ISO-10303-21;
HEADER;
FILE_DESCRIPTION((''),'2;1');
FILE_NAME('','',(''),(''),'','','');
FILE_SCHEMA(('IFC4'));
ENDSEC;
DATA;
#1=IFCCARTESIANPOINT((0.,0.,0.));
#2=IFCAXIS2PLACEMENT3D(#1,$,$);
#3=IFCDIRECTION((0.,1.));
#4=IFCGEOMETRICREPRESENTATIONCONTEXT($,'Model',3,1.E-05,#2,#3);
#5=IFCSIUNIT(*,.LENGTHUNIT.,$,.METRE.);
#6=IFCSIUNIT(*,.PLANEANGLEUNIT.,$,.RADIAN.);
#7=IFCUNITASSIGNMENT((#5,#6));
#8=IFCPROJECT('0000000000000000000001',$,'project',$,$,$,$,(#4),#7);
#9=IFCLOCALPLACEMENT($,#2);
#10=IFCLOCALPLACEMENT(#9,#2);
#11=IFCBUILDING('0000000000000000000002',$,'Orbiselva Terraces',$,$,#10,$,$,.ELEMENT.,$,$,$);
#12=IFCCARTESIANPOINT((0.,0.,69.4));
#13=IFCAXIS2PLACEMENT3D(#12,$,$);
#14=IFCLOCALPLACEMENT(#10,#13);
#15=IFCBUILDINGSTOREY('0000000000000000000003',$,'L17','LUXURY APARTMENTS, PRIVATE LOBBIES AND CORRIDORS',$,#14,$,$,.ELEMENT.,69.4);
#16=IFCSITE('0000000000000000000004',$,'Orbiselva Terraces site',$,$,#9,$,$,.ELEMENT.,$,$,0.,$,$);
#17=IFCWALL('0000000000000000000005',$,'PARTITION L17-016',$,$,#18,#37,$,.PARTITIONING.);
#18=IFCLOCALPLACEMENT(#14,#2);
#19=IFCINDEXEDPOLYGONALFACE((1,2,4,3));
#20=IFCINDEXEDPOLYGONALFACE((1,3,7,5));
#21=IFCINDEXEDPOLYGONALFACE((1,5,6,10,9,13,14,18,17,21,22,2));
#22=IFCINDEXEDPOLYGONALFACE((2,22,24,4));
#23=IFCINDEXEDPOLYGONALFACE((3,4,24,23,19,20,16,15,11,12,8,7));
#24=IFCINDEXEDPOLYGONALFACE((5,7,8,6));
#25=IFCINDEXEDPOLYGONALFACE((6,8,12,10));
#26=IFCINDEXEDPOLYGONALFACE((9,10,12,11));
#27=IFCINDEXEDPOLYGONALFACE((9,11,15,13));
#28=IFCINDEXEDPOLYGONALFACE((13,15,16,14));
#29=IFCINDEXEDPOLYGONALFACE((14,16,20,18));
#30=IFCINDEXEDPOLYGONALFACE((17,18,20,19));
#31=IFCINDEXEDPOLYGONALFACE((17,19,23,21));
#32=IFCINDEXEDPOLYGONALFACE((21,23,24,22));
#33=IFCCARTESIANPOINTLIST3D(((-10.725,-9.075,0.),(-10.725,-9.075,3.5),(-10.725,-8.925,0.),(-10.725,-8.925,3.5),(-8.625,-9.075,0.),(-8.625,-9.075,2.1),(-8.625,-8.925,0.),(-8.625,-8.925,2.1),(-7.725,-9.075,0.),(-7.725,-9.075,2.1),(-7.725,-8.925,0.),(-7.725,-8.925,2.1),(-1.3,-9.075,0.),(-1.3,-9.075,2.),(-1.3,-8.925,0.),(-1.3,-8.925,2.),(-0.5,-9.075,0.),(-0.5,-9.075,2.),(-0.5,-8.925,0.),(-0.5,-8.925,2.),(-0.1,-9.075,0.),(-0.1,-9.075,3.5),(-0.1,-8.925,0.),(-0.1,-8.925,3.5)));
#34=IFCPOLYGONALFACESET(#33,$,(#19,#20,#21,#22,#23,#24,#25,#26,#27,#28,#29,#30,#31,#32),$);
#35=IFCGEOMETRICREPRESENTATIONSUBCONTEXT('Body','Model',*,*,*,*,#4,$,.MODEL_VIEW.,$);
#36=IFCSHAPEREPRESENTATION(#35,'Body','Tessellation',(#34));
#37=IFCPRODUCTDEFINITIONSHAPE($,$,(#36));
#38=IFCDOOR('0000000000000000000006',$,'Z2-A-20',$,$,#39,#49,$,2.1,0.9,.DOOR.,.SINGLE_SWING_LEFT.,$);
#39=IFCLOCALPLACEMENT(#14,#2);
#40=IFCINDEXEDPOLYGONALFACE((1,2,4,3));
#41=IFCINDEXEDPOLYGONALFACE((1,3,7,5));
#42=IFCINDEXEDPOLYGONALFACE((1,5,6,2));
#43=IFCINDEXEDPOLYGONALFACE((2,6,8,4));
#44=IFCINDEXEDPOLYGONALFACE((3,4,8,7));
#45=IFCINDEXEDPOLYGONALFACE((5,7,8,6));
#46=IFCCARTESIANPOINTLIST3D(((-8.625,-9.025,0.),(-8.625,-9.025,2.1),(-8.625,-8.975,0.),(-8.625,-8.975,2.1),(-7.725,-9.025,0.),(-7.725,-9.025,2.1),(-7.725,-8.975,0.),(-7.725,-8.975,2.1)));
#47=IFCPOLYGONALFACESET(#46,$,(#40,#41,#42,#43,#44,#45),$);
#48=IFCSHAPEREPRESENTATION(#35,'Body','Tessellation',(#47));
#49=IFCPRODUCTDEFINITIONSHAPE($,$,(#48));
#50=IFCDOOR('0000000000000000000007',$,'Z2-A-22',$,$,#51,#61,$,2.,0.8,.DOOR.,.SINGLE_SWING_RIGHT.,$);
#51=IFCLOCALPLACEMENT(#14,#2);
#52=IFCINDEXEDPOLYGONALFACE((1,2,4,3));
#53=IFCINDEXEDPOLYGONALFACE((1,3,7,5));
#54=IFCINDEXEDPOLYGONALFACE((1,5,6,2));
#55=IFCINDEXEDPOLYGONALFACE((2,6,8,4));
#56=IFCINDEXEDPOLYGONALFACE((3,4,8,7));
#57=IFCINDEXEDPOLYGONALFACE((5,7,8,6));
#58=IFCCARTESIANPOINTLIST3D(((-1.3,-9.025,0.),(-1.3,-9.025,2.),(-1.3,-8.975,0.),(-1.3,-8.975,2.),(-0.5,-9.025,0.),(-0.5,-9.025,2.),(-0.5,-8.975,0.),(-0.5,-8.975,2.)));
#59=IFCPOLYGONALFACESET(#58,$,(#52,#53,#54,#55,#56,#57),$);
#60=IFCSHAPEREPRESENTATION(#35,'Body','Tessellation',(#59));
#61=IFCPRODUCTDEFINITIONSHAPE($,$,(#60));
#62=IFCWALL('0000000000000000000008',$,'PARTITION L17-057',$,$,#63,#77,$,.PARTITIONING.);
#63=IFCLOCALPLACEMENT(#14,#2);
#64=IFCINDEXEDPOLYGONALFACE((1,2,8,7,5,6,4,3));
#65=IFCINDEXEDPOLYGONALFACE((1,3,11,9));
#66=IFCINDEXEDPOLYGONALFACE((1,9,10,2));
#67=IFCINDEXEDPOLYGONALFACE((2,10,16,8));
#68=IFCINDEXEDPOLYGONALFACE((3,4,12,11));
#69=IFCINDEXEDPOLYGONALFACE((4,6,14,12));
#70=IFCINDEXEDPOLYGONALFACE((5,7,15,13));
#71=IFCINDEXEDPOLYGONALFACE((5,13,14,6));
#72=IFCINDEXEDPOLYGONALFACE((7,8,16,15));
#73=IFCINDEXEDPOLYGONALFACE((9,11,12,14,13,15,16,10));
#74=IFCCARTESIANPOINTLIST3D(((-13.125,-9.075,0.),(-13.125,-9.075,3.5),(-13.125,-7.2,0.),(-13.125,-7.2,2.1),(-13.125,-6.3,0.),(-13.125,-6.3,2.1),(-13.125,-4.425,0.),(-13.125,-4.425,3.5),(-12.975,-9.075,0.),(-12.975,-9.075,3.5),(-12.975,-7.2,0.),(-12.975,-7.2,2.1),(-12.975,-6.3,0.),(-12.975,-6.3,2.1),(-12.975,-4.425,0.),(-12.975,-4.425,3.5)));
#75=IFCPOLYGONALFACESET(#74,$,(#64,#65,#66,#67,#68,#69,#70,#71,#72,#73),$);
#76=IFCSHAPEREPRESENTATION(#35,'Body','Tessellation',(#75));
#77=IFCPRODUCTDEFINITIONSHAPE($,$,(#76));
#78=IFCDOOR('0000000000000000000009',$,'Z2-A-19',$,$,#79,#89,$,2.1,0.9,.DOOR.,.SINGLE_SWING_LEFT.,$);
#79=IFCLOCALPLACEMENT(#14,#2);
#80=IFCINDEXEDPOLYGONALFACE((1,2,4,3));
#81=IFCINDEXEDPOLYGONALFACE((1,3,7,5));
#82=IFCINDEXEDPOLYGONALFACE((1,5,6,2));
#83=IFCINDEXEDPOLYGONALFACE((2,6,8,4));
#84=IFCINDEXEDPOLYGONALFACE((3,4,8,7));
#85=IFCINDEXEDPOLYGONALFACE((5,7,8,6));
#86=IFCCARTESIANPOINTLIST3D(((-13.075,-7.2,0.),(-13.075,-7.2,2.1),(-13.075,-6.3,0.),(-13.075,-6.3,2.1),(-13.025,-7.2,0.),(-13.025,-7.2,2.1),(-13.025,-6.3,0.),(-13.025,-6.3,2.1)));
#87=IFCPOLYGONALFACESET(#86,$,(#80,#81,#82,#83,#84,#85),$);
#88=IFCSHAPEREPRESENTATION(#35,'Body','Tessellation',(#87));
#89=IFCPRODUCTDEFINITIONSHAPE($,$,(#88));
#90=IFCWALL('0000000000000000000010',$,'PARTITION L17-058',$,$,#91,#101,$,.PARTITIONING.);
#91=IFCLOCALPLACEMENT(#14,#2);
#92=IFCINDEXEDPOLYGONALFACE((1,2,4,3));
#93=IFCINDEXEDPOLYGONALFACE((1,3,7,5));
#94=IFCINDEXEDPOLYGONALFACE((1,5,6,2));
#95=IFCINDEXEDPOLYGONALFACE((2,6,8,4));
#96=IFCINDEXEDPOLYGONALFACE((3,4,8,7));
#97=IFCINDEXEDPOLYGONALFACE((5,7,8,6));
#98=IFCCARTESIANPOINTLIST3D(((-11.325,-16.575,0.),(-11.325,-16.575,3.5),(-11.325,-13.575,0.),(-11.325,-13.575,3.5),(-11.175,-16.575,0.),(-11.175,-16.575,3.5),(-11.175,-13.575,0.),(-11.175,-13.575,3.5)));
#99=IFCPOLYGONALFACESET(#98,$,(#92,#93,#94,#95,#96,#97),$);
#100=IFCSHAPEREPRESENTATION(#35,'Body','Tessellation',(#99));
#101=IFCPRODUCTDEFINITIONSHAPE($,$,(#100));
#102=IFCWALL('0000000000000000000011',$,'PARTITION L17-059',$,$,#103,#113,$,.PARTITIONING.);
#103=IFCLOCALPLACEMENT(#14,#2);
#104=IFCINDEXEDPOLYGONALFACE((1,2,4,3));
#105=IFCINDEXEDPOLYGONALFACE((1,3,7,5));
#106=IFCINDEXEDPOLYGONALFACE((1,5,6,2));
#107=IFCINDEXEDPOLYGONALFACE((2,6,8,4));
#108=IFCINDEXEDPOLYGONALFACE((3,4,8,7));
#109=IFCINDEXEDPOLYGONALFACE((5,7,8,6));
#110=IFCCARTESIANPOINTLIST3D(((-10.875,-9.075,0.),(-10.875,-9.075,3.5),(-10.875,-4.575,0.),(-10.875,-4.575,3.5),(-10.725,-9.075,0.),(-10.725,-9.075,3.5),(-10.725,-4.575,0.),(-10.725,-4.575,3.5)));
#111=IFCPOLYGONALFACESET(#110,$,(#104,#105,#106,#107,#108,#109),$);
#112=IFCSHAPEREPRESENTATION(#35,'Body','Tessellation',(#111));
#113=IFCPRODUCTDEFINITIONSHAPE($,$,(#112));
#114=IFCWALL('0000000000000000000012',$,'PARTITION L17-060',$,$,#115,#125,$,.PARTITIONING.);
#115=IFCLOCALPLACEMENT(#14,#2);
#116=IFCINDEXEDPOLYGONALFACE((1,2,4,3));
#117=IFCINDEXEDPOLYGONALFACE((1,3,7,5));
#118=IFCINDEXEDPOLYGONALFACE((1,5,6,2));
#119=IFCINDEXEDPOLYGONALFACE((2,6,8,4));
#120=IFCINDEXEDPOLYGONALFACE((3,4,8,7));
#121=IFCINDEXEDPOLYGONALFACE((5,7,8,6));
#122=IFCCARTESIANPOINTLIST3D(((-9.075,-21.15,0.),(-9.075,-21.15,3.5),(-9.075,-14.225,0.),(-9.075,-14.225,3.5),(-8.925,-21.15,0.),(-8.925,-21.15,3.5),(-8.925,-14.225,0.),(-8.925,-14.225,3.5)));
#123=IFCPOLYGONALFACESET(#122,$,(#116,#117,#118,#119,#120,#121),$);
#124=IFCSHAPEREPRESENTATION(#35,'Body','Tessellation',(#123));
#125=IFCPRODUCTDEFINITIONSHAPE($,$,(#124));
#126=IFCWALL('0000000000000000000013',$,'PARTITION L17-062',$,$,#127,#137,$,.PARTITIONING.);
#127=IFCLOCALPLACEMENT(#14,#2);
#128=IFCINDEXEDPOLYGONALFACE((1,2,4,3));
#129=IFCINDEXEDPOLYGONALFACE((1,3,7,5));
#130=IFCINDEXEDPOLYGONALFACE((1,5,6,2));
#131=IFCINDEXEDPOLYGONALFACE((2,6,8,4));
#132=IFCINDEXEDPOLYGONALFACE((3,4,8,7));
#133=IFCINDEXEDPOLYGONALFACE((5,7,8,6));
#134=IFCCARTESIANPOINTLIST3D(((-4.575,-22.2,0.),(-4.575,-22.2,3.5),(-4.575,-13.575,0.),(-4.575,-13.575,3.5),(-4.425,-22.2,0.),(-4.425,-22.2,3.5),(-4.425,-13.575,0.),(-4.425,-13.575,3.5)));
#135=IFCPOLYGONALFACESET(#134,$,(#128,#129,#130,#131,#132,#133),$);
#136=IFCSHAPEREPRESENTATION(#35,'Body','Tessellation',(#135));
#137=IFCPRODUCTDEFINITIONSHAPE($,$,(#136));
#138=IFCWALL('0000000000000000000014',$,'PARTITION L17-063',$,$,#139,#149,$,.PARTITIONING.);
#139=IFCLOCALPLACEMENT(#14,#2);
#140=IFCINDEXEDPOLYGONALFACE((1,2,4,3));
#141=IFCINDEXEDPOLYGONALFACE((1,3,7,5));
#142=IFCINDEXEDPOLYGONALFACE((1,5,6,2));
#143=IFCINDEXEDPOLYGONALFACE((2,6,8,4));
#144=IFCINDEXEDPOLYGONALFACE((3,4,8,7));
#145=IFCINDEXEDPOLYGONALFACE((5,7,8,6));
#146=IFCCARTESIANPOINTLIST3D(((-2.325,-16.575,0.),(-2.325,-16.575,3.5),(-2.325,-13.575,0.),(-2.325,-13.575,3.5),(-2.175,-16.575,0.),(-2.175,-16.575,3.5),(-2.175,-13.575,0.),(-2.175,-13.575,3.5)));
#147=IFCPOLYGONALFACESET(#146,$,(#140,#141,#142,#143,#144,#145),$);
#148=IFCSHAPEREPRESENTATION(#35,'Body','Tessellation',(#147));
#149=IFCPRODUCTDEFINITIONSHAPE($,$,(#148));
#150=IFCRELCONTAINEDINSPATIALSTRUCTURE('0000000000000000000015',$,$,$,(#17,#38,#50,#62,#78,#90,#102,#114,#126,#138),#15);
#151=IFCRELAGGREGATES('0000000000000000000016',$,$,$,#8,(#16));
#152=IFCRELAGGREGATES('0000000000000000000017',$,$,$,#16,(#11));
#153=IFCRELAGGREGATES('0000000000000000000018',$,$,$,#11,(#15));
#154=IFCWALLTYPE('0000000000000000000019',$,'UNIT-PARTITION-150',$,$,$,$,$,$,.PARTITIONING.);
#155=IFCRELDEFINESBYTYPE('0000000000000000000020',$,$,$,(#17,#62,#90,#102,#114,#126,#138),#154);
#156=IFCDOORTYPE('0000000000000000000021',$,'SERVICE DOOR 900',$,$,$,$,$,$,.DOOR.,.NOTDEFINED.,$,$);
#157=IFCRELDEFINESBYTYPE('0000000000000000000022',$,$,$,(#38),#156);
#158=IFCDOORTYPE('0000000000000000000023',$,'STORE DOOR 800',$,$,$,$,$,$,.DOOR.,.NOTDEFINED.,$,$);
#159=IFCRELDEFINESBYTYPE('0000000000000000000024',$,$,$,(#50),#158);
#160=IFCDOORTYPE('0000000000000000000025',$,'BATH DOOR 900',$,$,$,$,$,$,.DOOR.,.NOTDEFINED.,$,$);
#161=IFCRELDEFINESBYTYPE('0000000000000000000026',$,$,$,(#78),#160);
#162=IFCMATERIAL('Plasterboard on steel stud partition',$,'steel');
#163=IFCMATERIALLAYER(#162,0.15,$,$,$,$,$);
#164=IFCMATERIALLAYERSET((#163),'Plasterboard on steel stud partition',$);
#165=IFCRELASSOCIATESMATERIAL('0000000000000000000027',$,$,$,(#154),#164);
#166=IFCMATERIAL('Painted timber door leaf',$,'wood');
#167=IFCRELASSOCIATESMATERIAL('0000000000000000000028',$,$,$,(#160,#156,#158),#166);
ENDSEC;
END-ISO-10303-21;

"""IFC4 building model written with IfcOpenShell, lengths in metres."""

from ifc_helpers import new_model, si_unit, direction, frame, frame_2d, origin, place, context, subcontext, project, spatial, rectangle, extrude, material, layer, layer_set, type_object, element, fill, save


model = new_model("IFC4")

# Units and contexts
model_context = context("Model", 3, precision=1e-05, world=origin(), true_north=direction((0.0, 1.0)))
body_context = subcontext(model_context, "Body", "Model", "MODEL_VIEW")
ifc_project = project(units=[si_unit("LENGTHUNIT", "METRE"), si_unit("PLANEANGLEUNIT", "RADIAN")], contexts=[model_context])

# Site, building, storey
site_placement = place(None, origin())
site = spatial("IfcSite", under=ifc_project, at=site_placement, Name="Orbiselva Terraces site", CompositionType="ELEMENT", RefElevation=0.0)
building_placement = place(site_placement, origin())
building = spatial("IfcBuilding", under=site, at=building_placement, Name="Orbiselva Terraces", CompositionType="ELEMENT")
storey_placement = place(building_placement, frame((0.0, 0.0, 69.4)))
storey = spatial("IfcBuildingStorey", under=building, at=storey_placement, Name="L17", Description="LUXURY APARTMENTS, PRIVATE LOBBIES AND CORRIDORS", CompositionType="ELEMENT", Elevation=69.4)

# Shared definitions
ifc_material_1 = material(Name="Plasterboard on steel stud partition", Category="steel")
ifc_layer_1 = layer(ifc_material_1, 0.15)
ifc_layer_set_1 = layer_set([ifc_layer_1], Name="Plasterboard on steel stud partition")
wall_type_1 = type_object("IfcWallType", Name="UNIT-PARTITION-150", PredefinedType="PARTITIONING", material=ifc_layer_set_1)
ifc_material_2 = material(Name="Painted timber door leaf", Category="wood")
door_type_1 = type_object("IfcDoorType", Name="BATH DOOR 900", OperationType="NOTDEFINED", PredefinedType="DOOR", material=ifc_material_2)

# Wall, openings, doors
wall_1_placement = place(storey_placement, frame((-10.725, -9.0, 0.0), z_axis=(0.0, 0.0, 1.0), x_axis=(1.0, 0.0, 0.0)))
wall_1 = element("IfcWall", 1, at=wall_1_placement, inside=storey, type_object=wall_type_1, Name="PARTITION L17-016", PredefinedType="PARTITIONING", context=body_context, shape_type="SweptSolid", body=[
    extrude(rectangle(XDim=10.625, YDim=0.15, at=frame_2d((5.3125, 0.0))), origin(), (0.0, 0.0, 1.0), 3.5),
])
opening_1_placement = place(wall_1_placement, frame((2.1, 0.0, 0.0)))
opening_1 = element("IfcOpeningElement", 2, at=opening_1_placement, cuts=wall_1, PredefinedType="OPENING", context=body_context, shape_type="SweptSolid", body=[
    extrude(rectangle(XDim=0.9, YDim=2.1, at=frame_2d((0.45, 1.05))), frame((0.0, 0.085, 0.0), z_axis=(0.0, -1.0, 0.0), x_axis=(1.0, 0.0, 0.0)), (0.0, 0.0, 1.0), 0.17),
])
opening_2_placement = place(wall_1_placement, frame((9.425, 0.0, 0.0)))
opening_2 = element("IfcOpeningElement", 3, at=opening_2_placement, cuts=wall_1, PredefinedType="OPENING", context=body_context, shape_type="SweptSolid", body=[
    extrude(rectangle(XDim=0.8, YDim=2.0, at=frame_2d((0.4, 1.0))), frame((0.0, 0.085, 0.0), z_axis=(0.0, -1.0, 0.0), x_axis=(1.0, 0.0, 0.0)), (0.0, 0.0, 1.0), 0.17),
])
door_type_2 = type_object("IfcDoorType", Name="SERVICE DOOR 900", OperationType="NOTDEFINED", PredefinedType="DOOR", material=ifc_material_2)
door_1_placement = place(opening_1_placement, origin())
door_1 = element("IfcDoor", 4, at=door_1_placement, inside=storey, type_object=door_type_2, Name="Z2-A-20", OperationType="SINGLE_SWING_LEFT", OverallHeight=2.1, OverallWidth=0.9, PredefinedType="DOOR", context=body_context, shape_type="SweptSolid", body=[
    extrude(rectangle(XDim=0.9, YDim=2.1, at=frame_2d((0.45, 1.05))), frame((0.0, 0.025, 0.0), z_axis=(0.0, -1.0, 0.0), x_axis=(1.0, 0.0, 0.0)), (0.0, 0.0, 1.0), 0.05),
])
fill(opening_1, door_1)
door_type_3 = type_object("IfcDoorType", Name="STORE DOOR 800", OperationType="NOTDEFINED", PredefinedType="DOOR", material=ifc_material_2)
door_2_placement = place(opening_2_placement, origin())
door_2 = element("IfcDoor", 5, at=door_2_placement, inside=storey, type_object=door_type_3, Name="Z2-A-22", OperationType="SINGLE_SWING_RIGHT", OverallHeight=2.0, OverallWidth=0.8, PredefinedType="DOOR", context=body_context, shape_type="SweptSolid", body=[
    extrude(rectangle(XDim=0.8, YDim=2.0, at=frame_2d((0.4, 1.0))), frame((0.0, 0.025, 0.0), z_axis=(0.0, -1.0, 0.0), x_axis=(1.0, 0.0, 0.0)), (0.0, 0.0, 1.0), 0.05),
])
fill(opening_2, door_2)

# Wall, opening, door
wall_2_placement = place(storey_placement, frame((-13.05, -9.075, 0.0), z_axis=(0.0, 0.0, 1.0), x_axis=(0.0, 1.0, 0.0)))
wall_2 = element("IfcWall", 6, at=wall_2_placement, inside=storey, type_object=wall_type_1, Name="PARTITION L17-057", PredefinedType="PARTITIONING", context=body_context, shape_type="SweptSolid", body=[
    extrude(rectangle(XDim=4.65, YDim=0.15, at=frame_2d((2.325, 0.0))), origin(), (0.0, 0.0, 1.0), 3.5),
])
opening_3_placement = place(wall_2_placement, frame((1.875, 0.0, 0.0)))
opening_3 = element("IfcOpeningElement", 7, at=opening_3_placement, cuts=wall_2, PredefinedType="OPENING", context=body_context, shape_type="SweptSolid", body=[
    extrude(rectangle(XDim=0.9, YDim=2.1, at=frame_2d((0.45, 1.05))), frame((0.0, 0.085, 0.0), z_axis=(0.0, -1.0, 0.0), x_axis=(1.0, 0.0, 0.0)), (0.0, 0.0, 1.0), 0.17),
])
door_3_placement = place(opening_3_placement, origin())
door_3 = element("IfcDoor", 8, at=door_3_placement, inside=storey, type_object=door_type_1, Name="Z2-A-19", OperationType="SINGLE_SWING_LEFT", OverallHeight=2.1, OverallWidth=0.9, PredefinedType="DOOR", context=body_context, shape_type="SweptSolid", body=[
    extrude(rectangle(XDim=0.9, YDim=2.1, at=frame_2d((0.45, 1.05))), frame((0.0, 0.025, 0.0), z_axis=(0.0, -1.0, 0.0), x_axis=(1.0, 0.0, 0.0)), (0.0, 0.0, 1.0), 0.05),
])
fill(opening_3, door_3)

# Walls
wall_3_placement = place(storey_placement, frame((-11.25, -16.575, 0.0), z_axis=(0.0, 0.0, 1.0), x_axis=(0.0, 1.0, 0.0)))
element("IfcWall", 9, at=wall_3_placement, inside=storey, type_object=wall_type_1, Name="PARTITION L17-058", PredefinedType="PARTITIONING", context=body_context, shape_type="SweptSolid", body=[
    extrude(rectangle(XDim=3.0, YDim=0.15, at=frame_2d((1.5, 0.0))), origin(), (0.0, 0.0, 1.0), 3.5),
])
wall_4_placement = place(storey_placement, frame((-10.8, -9.075, 0.0), z_axis=(0.0, 0.0, 1.0), x_axis=(0.0, 1.0, 0.0)))
element("IfcWall", 10, at=wall_4_placement, inside=storey, type_object=wall_type_1, Name="PARTITION L17-059", PredefinedType="PARTITIONING", context=body_context, shape_type="SweptSolid", body=[
    extrude(rectangle(XDim=4.5, YDim=0.15, at=frame_2d((2.25, 0.0))), origin(), (0.0, 0.0, 1.0), 3.5),
])
wall_5_placement = place(storey_placement, frame((-9.0, -21.15, 0.0), z_axis=(0.0, 0.0, 1.0), x_axis=(0.0, 1.0, 0.0)))
element("IfcWall", 11, at=wall_5_placement, inside=storey, type_object=wall_type_1, Name="PARTITION L17-060", PredefinedType="PARTITIONING", context=body_context, shape_type="SweptSolid", body=[
    extrude(rectangle(XDim=6.925, YDim=0.15, at=frame_2d((3.4625, 0.0))), origin(), (0.0, 0.0, 1.0), 3.5),
])
wall_6_placement = place(storey_placement, frame((-4.5, -22.2, 0.0), z_axis=(0.0, 0.0, 1.0), x_axis=(0.0, 1.0, 0.0)))
element("IfcWall", 12, at=wall_6_placement, inside=storey, type_object=wall_type_1, Name="PARTITION L17-062", PredefinedType="PARTITIONING", context=body_context, shape_type="SweptSolid", body=[
    extrude(rectangle(XDim=8.625, YDim=0.15, at=frame_2d((4.3125, 0.0))), origin(), (0.0, 0.0, 1.0), 3.5),
])
wall_7_placement = place(storey_placement, frame((-2.25, -16.575, 0.0), z_axis=(0.0, 0.0, 1.0), x_axis=(0.0, 1.0, 0.0)))
element("IfcWall", 13, at=wall_7_placement, inside=storey, type_object=wall_type_1, Name="PARTITION L17-063", PredefinedType="PARTITIONING", context=body_context, shape_type="SweptSolid", body=[
    extrude(rectangle(XDim=3.0, YDim=0.15, at=frame_2d((1.5, 0.0))), origin(), (0.0, 0.0, 1.0), 3.5),
])

save(model, "model.ifc")
